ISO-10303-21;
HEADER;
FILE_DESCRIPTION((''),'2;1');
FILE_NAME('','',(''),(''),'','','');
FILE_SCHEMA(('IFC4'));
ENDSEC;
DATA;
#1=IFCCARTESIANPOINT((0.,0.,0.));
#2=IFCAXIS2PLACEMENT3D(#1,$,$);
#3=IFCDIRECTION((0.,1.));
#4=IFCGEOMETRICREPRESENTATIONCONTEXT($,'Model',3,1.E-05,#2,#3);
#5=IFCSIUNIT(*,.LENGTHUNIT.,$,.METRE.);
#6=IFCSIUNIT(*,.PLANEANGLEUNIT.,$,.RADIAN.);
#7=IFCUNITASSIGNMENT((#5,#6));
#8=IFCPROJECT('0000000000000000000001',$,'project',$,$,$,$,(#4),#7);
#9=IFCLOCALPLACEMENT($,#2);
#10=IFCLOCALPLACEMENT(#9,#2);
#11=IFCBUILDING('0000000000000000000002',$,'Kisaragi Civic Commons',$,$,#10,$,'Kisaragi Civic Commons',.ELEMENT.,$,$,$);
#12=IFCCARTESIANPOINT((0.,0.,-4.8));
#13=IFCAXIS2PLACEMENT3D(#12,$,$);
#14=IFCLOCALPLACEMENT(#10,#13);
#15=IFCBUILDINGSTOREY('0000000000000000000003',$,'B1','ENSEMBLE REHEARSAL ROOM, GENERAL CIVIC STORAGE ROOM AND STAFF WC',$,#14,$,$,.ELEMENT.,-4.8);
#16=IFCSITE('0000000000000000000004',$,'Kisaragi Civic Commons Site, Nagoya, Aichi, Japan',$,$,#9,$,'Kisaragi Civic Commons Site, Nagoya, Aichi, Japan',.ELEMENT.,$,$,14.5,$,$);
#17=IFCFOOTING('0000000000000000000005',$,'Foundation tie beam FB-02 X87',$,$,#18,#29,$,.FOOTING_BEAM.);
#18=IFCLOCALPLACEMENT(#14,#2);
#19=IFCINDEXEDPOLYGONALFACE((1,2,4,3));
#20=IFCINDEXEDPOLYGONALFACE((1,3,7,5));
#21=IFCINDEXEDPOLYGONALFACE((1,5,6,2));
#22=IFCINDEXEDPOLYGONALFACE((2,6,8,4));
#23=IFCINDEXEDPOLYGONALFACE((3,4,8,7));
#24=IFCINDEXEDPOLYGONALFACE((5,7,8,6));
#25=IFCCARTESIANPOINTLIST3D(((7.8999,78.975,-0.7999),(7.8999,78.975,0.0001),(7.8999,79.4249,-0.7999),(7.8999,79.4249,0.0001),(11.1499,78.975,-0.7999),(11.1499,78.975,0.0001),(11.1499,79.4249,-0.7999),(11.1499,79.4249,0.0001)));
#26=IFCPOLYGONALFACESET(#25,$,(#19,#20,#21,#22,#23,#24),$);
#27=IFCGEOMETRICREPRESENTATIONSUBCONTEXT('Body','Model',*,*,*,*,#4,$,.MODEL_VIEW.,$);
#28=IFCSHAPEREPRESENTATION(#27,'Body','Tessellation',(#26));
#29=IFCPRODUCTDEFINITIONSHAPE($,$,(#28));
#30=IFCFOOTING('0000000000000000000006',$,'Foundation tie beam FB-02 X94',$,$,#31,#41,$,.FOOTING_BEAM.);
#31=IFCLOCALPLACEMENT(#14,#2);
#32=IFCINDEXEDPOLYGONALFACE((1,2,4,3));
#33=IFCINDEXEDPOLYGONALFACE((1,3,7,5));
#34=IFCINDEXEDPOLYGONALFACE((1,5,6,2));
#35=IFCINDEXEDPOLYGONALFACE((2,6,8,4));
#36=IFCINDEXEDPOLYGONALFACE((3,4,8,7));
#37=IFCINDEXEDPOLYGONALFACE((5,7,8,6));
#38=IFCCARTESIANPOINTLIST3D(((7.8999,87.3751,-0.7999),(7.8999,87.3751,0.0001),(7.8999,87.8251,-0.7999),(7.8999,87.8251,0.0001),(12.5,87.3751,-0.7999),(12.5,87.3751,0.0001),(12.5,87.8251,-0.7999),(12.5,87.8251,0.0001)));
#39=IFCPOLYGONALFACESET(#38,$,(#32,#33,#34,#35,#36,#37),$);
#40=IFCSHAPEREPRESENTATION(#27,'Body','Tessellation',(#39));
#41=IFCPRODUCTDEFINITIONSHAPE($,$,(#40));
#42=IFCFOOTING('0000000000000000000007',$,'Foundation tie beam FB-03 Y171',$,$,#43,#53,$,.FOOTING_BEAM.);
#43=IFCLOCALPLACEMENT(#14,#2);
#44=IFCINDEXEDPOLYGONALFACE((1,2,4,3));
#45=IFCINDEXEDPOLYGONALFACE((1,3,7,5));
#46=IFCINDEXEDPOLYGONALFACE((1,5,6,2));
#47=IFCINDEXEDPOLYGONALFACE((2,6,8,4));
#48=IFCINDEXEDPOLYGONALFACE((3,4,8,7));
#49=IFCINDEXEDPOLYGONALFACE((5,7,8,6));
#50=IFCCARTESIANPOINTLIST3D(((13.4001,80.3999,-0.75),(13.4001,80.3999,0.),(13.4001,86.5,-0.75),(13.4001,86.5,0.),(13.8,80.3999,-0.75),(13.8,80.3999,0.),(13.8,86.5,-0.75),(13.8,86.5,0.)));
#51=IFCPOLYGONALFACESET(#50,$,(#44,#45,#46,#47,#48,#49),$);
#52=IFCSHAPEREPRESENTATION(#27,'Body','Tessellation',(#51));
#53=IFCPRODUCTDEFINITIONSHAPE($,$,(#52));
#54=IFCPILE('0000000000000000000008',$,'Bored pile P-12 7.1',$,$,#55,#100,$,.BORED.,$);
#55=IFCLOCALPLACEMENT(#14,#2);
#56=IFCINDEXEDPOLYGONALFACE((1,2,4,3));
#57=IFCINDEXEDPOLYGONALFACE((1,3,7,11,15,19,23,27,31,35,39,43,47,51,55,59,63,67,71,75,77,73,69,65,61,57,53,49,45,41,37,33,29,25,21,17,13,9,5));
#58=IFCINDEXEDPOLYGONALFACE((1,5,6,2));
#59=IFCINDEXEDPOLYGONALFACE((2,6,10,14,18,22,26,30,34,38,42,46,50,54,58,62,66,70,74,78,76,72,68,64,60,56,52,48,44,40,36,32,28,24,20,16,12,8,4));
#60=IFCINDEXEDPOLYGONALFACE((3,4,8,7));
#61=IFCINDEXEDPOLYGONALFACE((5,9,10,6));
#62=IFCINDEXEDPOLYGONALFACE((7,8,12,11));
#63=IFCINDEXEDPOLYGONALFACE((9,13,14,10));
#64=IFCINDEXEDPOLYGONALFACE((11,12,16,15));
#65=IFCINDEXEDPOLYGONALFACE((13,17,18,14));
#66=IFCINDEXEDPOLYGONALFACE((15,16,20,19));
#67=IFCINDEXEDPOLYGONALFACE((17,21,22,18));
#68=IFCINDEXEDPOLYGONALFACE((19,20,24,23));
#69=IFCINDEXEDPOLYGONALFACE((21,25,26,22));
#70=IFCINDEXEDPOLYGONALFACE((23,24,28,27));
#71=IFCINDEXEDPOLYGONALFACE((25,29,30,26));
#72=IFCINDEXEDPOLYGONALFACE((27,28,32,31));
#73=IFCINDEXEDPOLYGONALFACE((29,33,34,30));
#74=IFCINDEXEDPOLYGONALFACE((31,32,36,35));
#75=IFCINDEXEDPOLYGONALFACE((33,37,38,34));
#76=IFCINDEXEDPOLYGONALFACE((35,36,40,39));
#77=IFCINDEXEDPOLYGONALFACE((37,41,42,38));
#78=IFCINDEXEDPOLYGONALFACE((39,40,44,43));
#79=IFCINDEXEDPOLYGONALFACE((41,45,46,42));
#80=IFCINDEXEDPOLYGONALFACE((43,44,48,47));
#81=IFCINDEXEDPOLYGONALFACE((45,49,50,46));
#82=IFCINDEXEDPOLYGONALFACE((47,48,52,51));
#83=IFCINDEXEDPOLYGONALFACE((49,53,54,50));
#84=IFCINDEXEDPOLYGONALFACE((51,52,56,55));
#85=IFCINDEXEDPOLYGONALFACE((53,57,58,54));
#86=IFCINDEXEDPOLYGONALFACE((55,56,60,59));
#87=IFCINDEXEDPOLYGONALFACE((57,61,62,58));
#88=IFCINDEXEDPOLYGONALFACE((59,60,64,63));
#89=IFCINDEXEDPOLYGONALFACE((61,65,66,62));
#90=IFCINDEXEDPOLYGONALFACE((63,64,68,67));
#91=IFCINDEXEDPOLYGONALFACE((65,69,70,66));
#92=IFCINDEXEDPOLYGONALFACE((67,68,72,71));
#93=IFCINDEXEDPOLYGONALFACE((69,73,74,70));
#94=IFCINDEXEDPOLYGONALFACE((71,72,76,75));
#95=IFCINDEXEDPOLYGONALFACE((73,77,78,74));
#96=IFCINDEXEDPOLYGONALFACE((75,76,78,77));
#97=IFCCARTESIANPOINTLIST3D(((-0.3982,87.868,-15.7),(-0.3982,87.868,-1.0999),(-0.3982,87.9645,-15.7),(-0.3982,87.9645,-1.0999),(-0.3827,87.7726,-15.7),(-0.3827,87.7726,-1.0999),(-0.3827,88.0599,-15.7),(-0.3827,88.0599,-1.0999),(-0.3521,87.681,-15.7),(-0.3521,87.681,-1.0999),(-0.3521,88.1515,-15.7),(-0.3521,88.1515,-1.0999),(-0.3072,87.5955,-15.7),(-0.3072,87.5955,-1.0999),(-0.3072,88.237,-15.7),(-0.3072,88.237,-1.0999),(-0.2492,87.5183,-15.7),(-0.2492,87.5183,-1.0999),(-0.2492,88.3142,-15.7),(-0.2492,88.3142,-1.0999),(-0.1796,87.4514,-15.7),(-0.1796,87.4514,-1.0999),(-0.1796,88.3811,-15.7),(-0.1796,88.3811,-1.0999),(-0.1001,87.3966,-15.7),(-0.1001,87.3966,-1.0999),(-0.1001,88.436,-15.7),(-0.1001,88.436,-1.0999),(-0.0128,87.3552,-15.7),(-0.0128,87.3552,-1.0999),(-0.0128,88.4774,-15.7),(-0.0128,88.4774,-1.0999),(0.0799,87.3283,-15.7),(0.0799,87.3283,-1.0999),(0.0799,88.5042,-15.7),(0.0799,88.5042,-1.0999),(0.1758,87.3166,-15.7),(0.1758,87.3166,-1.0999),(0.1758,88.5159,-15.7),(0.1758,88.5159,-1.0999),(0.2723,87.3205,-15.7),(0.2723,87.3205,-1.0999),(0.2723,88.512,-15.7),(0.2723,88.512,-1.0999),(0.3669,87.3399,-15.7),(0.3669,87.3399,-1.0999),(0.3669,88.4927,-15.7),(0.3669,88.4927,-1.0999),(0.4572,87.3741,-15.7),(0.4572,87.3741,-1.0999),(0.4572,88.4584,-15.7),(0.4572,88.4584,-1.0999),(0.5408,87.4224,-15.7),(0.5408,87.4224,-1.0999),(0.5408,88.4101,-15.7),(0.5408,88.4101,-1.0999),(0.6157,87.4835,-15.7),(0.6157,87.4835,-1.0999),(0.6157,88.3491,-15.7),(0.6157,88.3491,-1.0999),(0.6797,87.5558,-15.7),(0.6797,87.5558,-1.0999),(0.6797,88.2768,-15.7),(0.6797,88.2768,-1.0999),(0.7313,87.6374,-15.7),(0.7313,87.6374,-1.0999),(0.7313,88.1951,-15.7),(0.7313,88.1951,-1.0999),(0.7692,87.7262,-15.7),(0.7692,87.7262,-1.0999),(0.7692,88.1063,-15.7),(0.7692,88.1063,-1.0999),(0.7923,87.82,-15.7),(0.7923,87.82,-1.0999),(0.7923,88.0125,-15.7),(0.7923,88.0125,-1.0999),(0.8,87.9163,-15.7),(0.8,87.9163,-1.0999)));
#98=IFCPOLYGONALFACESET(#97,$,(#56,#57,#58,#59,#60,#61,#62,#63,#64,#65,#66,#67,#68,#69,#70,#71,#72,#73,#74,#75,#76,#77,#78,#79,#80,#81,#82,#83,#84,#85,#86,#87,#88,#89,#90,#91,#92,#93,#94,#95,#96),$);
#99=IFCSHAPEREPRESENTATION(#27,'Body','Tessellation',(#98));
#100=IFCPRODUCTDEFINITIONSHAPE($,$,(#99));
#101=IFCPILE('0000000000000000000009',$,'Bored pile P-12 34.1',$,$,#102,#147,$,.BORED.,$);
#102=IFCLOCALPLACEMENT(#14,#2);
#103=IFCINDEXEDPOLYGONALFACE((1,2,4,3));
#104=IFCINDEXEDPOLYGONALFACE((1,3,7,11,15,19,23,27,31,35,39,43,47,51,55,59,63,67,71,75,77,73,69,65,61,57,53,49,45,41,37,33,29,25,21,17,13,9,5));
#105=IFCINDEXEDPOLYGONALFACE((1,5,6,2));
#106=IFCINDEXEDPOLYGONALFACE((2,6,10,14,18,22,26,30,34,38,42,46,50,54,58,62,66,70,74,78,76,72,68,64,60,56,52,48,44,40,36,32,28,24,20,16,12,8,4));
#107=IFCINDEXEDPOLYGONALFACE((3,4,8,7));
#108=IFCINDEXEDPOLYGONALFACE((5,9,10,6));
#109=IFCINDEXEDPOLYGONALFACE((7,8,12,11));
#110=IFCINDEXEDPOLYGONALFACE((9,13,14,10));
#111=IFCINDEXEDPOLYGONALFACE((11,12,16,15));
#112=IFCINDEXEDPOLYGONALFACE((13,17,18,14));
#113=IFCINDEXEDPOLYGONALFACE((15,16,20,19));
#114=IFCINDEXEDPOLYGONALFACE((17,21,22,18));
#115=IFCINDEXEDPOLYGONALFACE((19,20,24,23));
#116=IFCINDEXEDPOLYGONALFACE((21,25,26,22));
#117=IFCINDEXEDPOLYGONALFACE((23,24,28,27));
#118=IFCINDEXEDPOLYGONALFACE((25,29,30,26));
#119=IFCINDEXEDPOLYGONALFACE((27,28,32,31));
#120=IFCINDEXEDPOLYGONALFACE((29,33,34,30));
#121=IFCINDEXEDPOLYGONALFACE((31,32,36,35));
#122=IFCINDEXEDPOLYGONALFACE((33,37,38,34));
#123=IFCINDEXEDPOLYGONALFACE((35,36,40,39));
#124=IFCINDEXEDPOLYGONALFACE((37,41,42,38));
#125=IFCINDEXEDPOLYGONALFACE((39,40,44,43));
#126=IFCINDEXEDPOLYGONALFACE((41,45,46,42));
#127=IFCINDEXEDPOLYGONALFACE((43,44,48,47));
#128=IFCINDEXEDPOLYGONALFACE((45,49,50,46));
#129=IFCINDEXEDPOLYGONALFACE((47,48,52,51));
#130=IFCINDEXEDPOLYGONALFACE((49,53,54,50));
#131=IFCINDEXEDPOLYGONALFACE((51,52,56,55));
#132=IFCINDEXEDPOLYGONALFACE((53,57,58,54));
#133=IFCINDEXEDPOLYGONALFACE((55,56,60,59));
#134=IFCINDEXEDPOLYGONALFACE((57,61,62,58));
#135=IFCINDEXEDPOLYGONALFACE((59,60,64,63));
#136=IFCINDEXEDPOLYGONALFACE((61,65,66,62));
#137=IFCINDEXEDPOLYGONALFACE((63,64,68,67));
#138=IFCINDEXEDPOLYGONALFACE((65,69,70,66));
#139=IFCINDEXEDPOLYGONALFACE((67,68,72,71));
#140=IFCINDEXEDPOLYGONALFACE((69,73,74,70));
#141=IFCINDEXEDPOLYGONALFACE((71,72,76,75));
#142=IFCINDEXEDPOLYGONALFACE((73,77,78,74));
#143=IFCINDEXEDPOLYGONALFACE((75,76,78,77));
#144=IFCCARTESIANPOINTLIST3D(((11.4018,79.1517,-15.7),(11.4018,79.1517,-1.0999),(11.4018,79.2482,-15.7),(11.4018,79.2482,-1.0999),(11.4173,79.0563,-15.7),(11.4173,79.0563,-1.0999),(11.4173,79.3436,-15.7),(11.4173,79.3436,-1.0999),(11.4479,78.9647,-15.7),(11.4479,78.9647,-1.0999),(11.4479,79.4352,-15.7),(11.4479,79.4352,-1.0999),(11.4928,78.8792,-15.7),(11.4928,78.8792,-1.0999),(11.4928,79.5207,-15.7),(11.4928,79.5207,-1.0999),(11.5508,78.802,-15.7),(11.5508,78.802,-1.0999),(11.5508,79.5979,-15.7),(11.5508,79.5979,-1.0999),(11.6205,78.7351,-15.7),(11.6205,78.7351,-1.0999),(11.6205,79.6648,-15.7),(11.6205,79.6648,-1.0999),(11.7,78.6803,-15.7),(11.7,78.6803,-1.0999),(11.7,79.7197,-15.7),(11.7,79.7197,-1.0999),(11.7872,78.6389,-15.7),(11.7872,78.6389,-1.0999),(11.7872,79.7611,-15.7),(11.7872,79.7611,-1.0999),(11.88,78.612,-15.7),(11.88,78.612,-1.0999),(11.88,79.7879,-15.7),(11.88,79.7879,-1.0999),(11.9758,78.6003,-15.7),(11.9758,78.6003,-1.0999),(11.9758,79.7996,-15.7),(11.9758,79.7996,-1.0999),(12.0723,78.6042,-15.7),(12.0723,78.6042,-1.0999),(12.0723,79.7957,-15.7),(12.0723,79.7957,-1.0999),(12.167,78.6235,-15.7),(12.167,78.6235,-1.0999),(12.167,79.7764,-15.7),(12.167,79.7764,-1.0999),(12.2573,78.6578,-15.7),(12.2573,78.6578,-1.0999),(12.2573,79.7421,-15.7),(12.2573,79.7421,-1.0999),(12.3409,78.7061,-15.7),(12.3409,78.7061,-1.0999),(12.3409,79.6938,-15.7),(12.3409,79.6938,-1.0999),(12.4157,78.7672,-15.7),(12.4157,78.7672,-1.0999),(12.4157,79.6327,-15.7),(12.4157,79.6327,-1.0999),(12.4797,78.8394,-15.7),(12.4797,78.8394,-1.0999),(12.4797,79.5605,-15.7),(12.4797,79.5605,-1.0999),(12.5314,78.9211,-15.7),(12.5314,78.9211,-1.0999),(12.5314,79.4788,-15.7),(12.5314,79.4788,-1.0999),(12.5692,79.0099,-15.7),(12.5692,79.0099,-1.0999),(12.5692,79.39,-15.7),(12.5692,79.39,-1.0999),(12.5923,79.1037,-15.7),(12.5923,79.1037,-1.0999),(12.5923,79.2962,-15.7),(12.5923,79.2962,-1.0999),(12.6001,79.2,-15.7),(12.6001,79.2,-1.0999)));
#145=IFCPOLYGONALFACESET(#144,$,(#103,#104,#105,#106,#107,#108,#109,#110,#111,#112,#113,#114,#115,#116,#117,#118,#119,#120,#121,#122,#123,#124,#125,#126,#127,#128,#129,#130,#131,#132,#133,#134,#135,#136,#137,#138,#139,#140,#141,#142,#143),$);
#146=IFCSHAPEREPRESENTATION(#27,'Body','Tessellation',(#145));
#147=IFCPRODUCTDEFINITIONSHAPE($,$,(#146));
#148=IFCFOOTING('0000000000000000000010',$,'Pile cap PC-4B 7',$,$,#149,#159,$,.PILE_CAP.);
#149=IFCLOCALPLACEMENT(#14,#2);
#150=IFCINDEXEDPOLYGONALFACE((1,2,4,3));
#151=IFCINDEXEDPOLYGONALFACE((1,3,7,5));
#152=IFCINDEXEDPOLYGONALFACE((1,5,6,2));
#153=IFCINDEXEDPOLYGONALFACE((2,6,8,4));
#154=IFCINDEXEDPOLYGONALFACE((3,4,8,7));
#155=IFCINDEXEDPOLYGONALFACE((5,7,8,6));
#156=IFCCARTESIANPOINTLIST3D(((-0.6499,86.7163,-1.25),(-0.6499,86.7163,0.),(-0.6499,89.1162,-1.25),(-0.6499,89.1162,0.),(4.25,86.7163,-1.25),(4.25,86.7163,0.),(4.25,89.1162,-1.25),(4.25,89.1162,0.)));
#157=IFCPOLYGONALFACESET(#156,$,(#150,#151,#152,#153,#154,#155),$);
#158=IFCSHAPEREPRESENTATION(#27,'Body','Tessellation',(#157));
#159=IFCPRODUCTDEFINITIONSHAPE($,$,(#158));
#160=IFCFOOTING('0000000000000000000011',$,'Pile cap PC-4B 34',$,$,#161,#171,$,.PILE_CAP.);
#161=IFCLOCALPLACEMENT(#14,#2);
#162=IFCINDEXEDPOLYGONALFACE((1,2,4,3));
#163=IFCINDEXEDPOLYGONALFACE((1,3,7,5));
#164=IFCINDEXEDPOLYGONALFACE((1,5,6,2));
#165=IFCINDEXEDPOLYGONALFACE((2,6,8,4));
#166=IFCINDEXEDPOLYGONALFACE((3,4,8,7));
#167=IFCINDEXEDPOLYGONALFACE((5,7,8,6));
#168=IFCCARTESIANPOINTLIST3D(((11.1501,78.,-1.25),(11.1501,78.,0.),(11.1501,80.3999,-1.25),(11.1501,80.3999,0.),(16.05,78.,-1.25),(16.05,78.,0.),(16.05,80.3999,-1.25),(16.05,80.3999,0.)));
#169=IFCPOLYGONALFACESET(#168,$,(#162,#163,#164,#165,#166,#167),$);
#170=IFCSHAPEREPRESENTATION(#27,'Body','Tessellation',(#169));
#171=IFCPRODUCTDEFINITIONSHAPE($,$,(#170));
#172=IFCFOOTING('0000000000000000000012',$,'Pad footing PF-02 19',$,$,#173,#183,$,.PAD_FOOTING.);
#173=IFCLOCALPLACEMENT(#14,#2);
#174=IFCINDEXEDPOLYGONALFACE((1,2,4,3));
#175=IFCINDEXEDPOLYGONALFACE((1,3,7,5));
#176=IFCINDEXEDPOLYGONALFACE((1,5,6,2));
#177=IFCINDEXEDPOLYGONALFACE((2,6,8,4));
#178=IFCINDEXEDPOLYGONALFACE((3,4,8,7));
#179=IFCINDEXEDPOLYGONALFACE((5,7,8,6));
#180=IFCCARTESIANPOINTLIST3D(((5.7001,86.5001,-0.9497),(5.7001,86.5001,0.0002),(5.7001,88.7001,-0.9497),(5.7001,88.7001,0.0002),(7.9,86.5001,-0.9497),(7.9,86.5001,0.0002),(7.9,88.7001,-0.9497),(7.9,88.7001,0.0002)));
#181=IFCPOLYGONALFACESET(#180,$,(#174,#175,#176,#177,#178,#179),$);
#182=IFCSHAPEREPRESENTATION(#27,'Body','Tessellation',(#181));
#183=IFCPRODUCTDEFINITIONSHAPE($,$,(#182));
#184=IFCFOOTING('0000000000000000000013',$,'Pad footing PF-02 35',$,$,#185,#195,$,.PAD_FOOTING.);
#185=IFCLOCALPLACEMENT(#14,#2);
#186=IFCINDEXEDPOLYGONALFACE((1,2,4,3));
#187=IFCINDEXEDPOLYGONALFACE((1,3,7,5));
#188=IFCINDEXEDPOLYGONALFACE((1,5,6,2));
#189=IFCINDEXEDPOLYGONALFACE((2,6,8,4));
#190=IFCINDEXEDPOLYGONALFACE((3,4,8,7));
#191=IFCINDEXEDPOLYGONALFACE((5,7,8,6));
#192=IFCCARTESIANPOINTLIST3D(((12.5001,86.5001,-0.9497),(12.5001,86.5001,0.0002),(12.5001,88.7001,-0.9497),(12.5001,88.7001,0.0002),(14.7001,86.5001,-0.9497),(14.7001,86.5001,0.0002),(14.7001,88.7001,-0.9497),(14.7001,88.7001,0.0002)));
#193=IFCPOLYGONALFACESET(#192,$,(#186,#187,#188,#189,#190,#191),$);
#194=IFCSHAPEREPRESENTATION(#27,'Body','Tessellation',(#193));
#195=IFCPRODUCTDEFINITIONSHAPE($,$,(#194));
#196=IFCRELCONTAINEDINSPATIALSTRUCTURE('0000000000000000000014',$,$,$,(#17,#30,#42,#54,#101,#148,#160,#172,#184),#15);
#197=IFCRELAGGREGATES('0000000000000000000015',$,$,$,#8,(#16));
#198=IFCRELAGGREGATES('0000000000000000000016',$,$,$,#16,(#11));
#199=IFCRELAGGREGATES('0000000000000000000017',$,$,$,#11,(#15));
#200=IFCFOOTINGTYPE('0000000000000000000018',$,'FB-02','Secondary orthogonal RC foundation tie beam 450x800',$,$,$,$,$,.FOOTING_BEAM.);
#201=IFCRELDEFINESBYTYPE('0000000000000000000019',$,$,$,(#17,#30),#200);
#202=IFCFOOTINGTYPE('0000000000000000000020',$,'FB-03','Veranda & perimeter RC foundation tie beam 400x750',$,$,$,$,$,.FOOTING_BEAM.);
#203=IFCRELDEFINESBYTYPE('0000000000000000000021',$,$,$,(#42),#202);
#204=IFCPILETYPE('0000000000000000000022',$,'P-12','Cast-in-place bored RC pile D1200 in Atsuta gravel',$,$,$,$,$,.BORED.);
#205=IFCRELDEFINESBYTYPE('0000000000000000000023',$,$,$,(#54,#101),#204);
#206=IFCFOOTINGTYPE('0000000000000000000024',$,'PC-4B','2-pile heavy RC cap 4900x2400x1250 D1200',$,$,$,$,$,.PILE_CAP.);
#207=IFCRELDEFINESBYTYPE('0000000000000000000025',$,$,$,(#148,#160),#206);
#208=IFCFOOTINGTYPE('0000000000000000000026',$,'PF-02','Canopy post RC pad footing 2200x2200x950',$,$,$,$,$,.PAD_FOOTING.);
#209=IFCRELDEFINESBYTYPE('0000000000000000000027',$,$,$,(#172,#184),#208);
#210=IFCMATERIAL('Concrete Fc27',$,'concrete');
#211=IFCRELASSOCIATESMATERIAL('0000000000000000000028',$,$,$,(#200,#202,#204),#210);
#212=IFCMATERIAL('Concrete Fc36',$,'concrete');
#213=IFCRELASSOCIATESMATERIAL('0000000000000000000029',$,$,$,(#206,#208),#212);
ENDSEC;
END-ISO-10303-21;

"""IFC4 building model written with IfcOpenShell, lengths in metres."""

from ifc_helpers import new_model, si_unit, direction, frame, origin, origin_2d, place, context, subcontext, project, spatial, rectangle, circle, extrude, material, material_profile, profile_set, type_object, element, save


model = new_model("IFC4")

# Units and contexts
model_context = context("Model", 3, precision=1e-05, world=origin(), true_north=direction((0.0, 1.0)))
body_context = subcontext(model_context, "Body", "Model", "MODEL_VIEW")
ifc_project = project(units=[si_unit("LENGTHUNIT", "METRE"), si_unit("PLANEANGLEUNIT", "RADIAN")], contexts=[model_context])

# Site, building, storey
site_placement = place(None, origin())
site = spatial("IfcSite", under=ifc_project, at=site_placement, Name="Kisaragi Civic Commons Site, Nagoya, Aichi, Japan", LongName="Kisaragi Civic Commons Site, Nagoya, Aichi, Japan", CompositionType="ELEMENT", RefElevation=14.5)
building_placement = place(site_placement, origin())
building = spatial("IfcBuilding", under=site, at=building_placement, Name="Kisaragi Civic Commons", LongName="Kisaragi Civic Commons", CompositionType="ELEMENT")
storey_placement = place(building_placement, frame((0.0, 0.0, -4.8)))
storey = spatial("IfcBuildingStorey", under=building, at=storey_placement, Name="B1", Description="ENSEMBLE REHEARSAL ROOM, GENERAL CIVIC STORAGE ROOM AND STAFF WC", CompositionType="ELEMENT", Elevation=-4.8)

# Footings
ifc_material_1 = material(Name="Concrete Fc27", Category="concrete")
ifc_material_profile_1 = material_profile(ifc_material_1, rectangle(XDim=0.45, YDim=0.8, at=origin_2d()), Name="RC-450x800", Category="concrete")
ifc_profile_set_1 = profile_set([ifc_material_profile_1], Name="Concrete Fc27")
footing_type_1 = type_object("IfcFootingType", Name="FB-02", Description="Secondary orthogonal RC foundation tie beam 450x800", PredefinedType="FOOTING_BEAM", material=ifc_profile_set_1)
footing_1_placement = place(storey_placement, frame((7.8999, 79.2, -0.3999), z_axis=(1.0, 0.0, 0.0), x_axis=(0.0, 1.0, 0.0)))
element("IfcFooting", 1, at=footing_1_placement, inside=storey, type_object=footing_type_1, Name="Foundation tie beam FB-02 X87", PredefinedType="FOOTING_BEAM", context=body_context, shape_type="SweptSolid", body=[
    extrude(rectangle(XDim=0.45, YDim=0.8, at=origin_2d()), origin(), (0.0, 0.0, 1.0), 3.25),
])
footing_2_placement = place(storey_placement, frame((7.8999, 87.6001, -0.3999), z_axis=(1.0, 0.0, 0.0), x_axis=(0.0, 1.0, 0.0)))
element("IfcFooting", 2, at=footing_2_placement, inside=storey, type_object=footing_type_1, Name="Foundation tie beam FB-02 X94", PredefinedType="FOOTING_BEAM", context=body_context, shape_type="SweptSolid", body=[
    extrude(rectangle(XDim=0.45, YDim=0.8, at=origin_2d()), origin(), (0.0, 0.0, 1.0), 4.6001),
])
ifc_material_profile_2 = material_profile(ifc_material_1, rectangle(XDim=0.3999, YDim=0.75, at=origin_2d()), Name="RC-400x750", Category="concrete")
ifc_profile_set_2 = profile_set([ifc_material_profile_2], Name="Concrete Fc27")
footing_type_2 = type_object("IfcFootingType", Name="FB-03", Description="Veranda & perimeter RC foundation tie beam 400x750", PredefinedType="FOOTING_BEAM", material=ifc_profile_set_2)
footing_3_placement = place(storey_placement, frame((13.6001, 80.3999, -0.375), z_axis=(0.0, 1.0, 0.0), x_axis=(-1.0, 0.0, 0.0)))
element("IfcFooting", 3, at=footing_3_placement, inside=storey, type_object=footing_type_2, Name="Foundation tie beam FB-03 Y171", PredefinedType="FOOTING_BEAM", context=body_context, shape_type="SweptSolid", body=[
    extrude(rectangle(XDim=0.3999, YDim=0.75, at=origin_2d()), origin(), (0.0, 0.0, 1.0), 6.1001),
])

# Piles
ifc_material_profile_3 = material_profile(ifc_material_1, circle(Radius=0.6001, at=origin_2d()), Name="PILE-D1200", Category="concrete")
ifc_profile_set_3 = profile_set([ifc_material_profile_3], Name="Concrete Fc27")
pile_type = type_object("IfcPileType", Name="P-12", Description="Cast-in-place bored RC pile D1200 in Atsuta gravel", PredefinedType="BORED", material=ifc_profile_set_3)
for number, where, z_axis, x_axis, name in (
    (4, (0.2, 87.9163, -1.0999), (0.0, 0.0, -1.0), (1.0, 0.0, 0.0), "Bored pile P-12 7.1"),
    (5, (12.0, 79.2, -1.0999), (0.0, 0.0, -1.0), (1.0, 0.0, 0.0), "Bored pile P-12 34.1"),
):
    element("IfcPile", number, at=place(storey_placement, frame(where, z_axis=z_axis, x_axis=x_axis)), inside=storey, type_object=pile_type, Name=name, PredefinedType="BORED", context=body_context, shape_type="SweptSolid", body=[
        extrude(circle(Radius=0.6001, at=origin_2d()), origin(), (0.0, 0.0, 1.0), 14.6001),
    ])

# Footings
ifc_material_2 = material(Name="Concrete Fc36", Category="concrete")
footing_type_3 = type_object("IfcFootingType", Name="PC-4B", Description="2-pile heavy RC cap 4900x2400x1250 D1200", PredefinedType="PILE_CAP", material=ifc_material_2)
for number, where, z_axis, x_axis, name in (
    (6, (1.8, 87.9163, -1.25), (0.0, 0.0, 1.0), (1.0, 0.0, 0.0), "Pile cap PC-4B 7"),
    (7, (13.6001, 79.2, -1.25), (0.0, 0.0, 1.0), (1.0, 0.0, 0.0), "Pile cap PC-4B 34"),
):
    element("IfcFooting", number, at=place(storey_placement, frame(where, z_axis=z_axis, x_axis=x_axis)), inside=storey, type_object=footing_type_3, Name=name, PredefinedType="PILE_CAP", context=body_context, shape_type="SweptSolid", body=[
        extrude(rectangle(XDim=4.8999, YDim=2.3999, at=origin_2d()), origin(), (0.0, 0.0, 1.0), 1.25),
    ])
footing_type_4 = type_object("IfcFootingType", Name="PF-02", Description="Canopy post RC pad footing 2200x2200x950", PredefinedType="PAD_FOOTING", material=ifc_material_2)
for number, where, z_axis, x_axis, name in (
    (8, (6.8, 87.6001, -0.9497), (0.0, 0.0, 1.0), (1.0, 0.0, 0.0), "Pad footing PF-02 19"),
    (9, (13.6001, 87.6001, -0.9497), (0.0, 0.0, 1.0), (1.0, 0.0, 0.0), "Pad footing PF-02 35"),
):
    element("IfcFooting", number, at=place(storey_placement, frame(where, z_axis=z_axis, x_axis=x_axis)), inside=storey, type_object=footing_type_4, Name=name, PredefinedType="PAD_FOOTING", context=body_context, shape_type="SweptSolid", body=[
        extrude(rectangle(XDim=2.2, YDim=2.2, at=origin_2d()), origin(), (0.0, 0.0, 1.0), 0.95),
    ])

save(model, "model.ifc")
